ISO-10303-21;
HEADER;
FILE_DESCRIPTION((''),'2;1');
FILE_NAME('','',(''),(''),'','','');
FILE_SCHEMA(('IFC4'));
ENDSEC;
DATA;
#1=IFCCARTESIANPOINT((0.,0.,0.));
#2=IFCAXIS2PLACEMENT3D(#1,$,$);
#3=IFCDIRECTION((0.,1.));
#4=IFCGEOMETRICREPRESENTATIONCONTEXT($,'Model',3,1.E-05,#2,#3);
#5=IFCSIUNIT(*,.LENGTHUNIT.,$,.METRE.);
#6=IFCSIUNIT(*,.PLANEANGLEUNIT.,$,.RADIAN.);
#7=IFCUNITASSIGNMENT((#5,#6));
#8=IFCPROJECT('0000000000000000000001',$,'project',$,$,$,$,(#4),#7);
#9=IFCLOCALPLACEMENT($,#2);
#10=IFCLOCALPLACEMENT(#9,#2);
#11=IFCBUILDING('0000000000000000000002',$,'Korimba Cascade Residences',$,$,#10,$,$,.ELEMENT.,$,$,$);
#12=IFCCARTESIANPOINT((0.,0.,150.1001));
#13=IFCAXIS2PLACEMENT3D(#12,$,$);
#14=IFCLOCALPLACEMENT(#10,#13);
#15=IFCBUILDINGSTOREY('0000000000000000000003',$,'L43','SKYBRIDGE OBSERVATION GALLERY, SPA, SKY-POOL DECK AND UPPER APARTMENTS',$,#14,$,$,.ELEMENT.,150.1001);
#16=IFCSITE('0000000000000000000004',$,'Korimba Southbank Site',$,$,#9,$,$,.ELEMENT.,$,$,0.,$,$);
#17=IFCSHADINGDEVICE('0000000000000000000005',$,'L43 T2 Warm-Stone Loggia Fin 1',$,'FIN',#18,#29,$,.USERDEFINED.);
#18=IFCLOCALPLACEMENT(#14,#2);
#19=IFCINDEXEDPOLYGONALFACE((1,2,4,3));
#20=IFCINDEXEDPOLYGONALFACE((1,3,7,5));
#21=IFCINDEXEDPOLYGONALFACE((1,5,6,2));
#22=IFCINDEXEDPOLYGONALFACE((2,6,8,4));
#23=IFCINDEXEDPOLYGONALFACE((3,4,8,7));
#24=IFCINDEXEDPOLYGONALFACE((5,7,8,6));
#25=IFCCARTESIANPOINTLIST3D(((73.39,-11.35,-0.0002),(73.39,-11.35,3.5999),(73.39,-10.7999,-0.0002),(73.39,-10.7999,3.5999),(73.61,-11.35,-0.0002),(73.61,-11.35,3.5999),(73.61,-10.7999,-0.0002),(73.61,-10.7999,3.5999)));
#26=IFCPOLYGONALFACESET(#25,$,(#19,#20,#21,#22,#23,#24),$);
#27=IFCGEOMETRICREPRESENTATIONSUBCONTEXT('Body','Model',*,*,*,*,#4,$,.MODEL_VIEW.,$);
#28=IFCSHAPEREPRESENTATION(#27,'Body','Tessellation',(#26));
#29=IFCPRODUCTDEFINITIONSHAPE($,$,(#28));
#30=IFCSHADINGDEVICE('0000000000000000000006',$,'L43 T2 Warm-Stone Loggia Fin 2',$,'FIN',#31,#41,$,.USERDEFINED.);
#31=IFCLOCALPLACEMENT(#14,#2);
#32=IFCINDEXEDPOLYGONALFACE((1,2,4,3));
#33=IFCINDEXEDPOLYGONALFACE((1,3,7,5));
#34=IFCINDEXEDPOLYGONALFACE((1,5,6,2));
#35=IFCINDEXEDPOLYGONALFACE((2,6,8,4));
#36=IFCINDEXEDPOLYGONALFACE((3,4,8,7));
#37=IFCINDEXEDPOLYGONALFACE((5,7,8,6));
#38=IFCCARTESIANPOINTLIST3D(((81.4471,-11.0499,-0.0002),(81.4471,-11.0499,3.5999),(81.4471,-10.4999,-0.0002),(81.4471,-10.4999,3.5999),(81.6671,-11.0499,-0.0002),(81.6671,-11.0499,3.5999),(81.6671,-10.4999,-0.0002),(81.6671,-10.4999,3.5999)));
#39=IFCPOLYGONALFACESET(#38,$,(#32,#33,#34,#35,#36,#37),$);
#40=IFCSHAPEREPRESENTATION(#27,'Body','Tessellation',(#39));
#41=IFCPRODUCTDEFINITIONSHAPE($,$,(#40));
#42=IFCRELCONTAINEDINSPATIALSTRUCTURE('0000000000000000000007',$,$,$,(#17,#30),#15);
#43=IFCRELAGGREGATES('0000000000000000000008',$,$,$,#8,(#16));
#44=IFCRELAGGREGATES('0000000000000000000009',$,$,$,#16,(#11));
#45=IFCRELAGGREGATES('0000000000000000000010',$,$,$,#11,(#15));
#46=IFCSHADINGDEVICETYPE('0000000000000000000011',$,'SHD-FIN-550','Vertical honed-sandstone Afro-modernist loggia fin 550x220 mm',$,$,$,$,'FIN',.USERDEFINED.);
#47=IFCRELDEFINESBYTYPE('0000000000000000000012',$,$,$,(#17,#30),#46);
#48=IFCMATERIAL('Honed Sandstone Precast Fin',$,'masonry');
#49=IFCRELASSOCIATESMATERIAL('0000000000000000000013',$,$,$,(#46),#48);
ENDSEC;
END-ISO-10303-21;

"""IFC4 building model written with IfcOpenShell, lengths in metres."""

from ifc_helpers import new_model, si_unit, direction, frame, origin, origin_2d, place, context, subcontext, project, spatial, rectangle, extrude, material, type_object, element, save


model = new_model("IFC4")

# Units and contexts
model_context = context("Model", 3, precision=1e-05, world=origin(), true_north=direction((0.0, 1.0)))
body_context = subcontext(model_context, "Body", "Model", "MODEL_VIEW")
ifc_project = project(units=[si_unit("LENGTHUNIT", "METRE"), si_unit("PLANEANGLEUNIT", "RADIAN")], contexts=[model_context])

# Site, building, storey
site_placement = place(None, origin())
site = spatial("IfcSite", under=ifc_project, at=site_placement, Name="Korimba Southbank Site", CompositionType="ELEMENT", RefElevation=0.0)
building_placement = place(site_placement, origin())
building = spatial("IfcBuilding", under=site, at=building_placement, Name="Korimba Cascade Residences", CompositionType="ELEMENT")
storey_placement = place(building_placement, frame((0.0, 0.0, 150.1001)))
storey = spatial("IfcBuildingStorey", under=building, at=storey_placement, Name="L43", Description="SKYBRIDGE OBSERVATION GALLERY, SPA, SKY-POOL DECK AND UPPER APARTMENTS", CompositionType="ELEMENT", Elevation=150.1001)

# Shading devices
ifc_material_1 = material(Name="Honed Sandstone Precast Fin", Category="masonry")
shading_device_type = type_object("IfcShadingDeviceType", Name="SHD-FIN-550", Description="Vertical honed-sandstone Afro-modernist loggia fin 550x220 mm", ElementType="FIN", PredefinedType="USERDEFINED", material=ifc_material_1)
for number, where, z_axis, x_axis, name in (
    (1, (73.5, -11.075, -0.0002), (0.0, 0.0, 1.0), (1.0, 0.0, 0.0), "L43 T2 Warm-Stone Loggia Fin 1"),
    (2, (81.5571, -10.7749, -0.0002), (0.0, 0.0, 1.0), (1.0, 0.0, 0.0), "L43 T2 Warm-Stone Loggia Fin 2"),
):
    element("IfcShadingDevice", number, at=place(storey_placement, frame(where, z_axis=z_axis, x_axis=x_axis)), inside=storey, type_object=shading_device_type, Name=name, ObjectType="FIN", PredefinedType="USERDEFINED", context=body_context, shape_type="SweptSolid", body=[
        extrude(rectangle(XDim=0.22, YDim=0.55, at=origin_2d()), origin(), (0.0, 0.0, 1.0), 3.6001),
    ])

save(model, "model.ifc")
